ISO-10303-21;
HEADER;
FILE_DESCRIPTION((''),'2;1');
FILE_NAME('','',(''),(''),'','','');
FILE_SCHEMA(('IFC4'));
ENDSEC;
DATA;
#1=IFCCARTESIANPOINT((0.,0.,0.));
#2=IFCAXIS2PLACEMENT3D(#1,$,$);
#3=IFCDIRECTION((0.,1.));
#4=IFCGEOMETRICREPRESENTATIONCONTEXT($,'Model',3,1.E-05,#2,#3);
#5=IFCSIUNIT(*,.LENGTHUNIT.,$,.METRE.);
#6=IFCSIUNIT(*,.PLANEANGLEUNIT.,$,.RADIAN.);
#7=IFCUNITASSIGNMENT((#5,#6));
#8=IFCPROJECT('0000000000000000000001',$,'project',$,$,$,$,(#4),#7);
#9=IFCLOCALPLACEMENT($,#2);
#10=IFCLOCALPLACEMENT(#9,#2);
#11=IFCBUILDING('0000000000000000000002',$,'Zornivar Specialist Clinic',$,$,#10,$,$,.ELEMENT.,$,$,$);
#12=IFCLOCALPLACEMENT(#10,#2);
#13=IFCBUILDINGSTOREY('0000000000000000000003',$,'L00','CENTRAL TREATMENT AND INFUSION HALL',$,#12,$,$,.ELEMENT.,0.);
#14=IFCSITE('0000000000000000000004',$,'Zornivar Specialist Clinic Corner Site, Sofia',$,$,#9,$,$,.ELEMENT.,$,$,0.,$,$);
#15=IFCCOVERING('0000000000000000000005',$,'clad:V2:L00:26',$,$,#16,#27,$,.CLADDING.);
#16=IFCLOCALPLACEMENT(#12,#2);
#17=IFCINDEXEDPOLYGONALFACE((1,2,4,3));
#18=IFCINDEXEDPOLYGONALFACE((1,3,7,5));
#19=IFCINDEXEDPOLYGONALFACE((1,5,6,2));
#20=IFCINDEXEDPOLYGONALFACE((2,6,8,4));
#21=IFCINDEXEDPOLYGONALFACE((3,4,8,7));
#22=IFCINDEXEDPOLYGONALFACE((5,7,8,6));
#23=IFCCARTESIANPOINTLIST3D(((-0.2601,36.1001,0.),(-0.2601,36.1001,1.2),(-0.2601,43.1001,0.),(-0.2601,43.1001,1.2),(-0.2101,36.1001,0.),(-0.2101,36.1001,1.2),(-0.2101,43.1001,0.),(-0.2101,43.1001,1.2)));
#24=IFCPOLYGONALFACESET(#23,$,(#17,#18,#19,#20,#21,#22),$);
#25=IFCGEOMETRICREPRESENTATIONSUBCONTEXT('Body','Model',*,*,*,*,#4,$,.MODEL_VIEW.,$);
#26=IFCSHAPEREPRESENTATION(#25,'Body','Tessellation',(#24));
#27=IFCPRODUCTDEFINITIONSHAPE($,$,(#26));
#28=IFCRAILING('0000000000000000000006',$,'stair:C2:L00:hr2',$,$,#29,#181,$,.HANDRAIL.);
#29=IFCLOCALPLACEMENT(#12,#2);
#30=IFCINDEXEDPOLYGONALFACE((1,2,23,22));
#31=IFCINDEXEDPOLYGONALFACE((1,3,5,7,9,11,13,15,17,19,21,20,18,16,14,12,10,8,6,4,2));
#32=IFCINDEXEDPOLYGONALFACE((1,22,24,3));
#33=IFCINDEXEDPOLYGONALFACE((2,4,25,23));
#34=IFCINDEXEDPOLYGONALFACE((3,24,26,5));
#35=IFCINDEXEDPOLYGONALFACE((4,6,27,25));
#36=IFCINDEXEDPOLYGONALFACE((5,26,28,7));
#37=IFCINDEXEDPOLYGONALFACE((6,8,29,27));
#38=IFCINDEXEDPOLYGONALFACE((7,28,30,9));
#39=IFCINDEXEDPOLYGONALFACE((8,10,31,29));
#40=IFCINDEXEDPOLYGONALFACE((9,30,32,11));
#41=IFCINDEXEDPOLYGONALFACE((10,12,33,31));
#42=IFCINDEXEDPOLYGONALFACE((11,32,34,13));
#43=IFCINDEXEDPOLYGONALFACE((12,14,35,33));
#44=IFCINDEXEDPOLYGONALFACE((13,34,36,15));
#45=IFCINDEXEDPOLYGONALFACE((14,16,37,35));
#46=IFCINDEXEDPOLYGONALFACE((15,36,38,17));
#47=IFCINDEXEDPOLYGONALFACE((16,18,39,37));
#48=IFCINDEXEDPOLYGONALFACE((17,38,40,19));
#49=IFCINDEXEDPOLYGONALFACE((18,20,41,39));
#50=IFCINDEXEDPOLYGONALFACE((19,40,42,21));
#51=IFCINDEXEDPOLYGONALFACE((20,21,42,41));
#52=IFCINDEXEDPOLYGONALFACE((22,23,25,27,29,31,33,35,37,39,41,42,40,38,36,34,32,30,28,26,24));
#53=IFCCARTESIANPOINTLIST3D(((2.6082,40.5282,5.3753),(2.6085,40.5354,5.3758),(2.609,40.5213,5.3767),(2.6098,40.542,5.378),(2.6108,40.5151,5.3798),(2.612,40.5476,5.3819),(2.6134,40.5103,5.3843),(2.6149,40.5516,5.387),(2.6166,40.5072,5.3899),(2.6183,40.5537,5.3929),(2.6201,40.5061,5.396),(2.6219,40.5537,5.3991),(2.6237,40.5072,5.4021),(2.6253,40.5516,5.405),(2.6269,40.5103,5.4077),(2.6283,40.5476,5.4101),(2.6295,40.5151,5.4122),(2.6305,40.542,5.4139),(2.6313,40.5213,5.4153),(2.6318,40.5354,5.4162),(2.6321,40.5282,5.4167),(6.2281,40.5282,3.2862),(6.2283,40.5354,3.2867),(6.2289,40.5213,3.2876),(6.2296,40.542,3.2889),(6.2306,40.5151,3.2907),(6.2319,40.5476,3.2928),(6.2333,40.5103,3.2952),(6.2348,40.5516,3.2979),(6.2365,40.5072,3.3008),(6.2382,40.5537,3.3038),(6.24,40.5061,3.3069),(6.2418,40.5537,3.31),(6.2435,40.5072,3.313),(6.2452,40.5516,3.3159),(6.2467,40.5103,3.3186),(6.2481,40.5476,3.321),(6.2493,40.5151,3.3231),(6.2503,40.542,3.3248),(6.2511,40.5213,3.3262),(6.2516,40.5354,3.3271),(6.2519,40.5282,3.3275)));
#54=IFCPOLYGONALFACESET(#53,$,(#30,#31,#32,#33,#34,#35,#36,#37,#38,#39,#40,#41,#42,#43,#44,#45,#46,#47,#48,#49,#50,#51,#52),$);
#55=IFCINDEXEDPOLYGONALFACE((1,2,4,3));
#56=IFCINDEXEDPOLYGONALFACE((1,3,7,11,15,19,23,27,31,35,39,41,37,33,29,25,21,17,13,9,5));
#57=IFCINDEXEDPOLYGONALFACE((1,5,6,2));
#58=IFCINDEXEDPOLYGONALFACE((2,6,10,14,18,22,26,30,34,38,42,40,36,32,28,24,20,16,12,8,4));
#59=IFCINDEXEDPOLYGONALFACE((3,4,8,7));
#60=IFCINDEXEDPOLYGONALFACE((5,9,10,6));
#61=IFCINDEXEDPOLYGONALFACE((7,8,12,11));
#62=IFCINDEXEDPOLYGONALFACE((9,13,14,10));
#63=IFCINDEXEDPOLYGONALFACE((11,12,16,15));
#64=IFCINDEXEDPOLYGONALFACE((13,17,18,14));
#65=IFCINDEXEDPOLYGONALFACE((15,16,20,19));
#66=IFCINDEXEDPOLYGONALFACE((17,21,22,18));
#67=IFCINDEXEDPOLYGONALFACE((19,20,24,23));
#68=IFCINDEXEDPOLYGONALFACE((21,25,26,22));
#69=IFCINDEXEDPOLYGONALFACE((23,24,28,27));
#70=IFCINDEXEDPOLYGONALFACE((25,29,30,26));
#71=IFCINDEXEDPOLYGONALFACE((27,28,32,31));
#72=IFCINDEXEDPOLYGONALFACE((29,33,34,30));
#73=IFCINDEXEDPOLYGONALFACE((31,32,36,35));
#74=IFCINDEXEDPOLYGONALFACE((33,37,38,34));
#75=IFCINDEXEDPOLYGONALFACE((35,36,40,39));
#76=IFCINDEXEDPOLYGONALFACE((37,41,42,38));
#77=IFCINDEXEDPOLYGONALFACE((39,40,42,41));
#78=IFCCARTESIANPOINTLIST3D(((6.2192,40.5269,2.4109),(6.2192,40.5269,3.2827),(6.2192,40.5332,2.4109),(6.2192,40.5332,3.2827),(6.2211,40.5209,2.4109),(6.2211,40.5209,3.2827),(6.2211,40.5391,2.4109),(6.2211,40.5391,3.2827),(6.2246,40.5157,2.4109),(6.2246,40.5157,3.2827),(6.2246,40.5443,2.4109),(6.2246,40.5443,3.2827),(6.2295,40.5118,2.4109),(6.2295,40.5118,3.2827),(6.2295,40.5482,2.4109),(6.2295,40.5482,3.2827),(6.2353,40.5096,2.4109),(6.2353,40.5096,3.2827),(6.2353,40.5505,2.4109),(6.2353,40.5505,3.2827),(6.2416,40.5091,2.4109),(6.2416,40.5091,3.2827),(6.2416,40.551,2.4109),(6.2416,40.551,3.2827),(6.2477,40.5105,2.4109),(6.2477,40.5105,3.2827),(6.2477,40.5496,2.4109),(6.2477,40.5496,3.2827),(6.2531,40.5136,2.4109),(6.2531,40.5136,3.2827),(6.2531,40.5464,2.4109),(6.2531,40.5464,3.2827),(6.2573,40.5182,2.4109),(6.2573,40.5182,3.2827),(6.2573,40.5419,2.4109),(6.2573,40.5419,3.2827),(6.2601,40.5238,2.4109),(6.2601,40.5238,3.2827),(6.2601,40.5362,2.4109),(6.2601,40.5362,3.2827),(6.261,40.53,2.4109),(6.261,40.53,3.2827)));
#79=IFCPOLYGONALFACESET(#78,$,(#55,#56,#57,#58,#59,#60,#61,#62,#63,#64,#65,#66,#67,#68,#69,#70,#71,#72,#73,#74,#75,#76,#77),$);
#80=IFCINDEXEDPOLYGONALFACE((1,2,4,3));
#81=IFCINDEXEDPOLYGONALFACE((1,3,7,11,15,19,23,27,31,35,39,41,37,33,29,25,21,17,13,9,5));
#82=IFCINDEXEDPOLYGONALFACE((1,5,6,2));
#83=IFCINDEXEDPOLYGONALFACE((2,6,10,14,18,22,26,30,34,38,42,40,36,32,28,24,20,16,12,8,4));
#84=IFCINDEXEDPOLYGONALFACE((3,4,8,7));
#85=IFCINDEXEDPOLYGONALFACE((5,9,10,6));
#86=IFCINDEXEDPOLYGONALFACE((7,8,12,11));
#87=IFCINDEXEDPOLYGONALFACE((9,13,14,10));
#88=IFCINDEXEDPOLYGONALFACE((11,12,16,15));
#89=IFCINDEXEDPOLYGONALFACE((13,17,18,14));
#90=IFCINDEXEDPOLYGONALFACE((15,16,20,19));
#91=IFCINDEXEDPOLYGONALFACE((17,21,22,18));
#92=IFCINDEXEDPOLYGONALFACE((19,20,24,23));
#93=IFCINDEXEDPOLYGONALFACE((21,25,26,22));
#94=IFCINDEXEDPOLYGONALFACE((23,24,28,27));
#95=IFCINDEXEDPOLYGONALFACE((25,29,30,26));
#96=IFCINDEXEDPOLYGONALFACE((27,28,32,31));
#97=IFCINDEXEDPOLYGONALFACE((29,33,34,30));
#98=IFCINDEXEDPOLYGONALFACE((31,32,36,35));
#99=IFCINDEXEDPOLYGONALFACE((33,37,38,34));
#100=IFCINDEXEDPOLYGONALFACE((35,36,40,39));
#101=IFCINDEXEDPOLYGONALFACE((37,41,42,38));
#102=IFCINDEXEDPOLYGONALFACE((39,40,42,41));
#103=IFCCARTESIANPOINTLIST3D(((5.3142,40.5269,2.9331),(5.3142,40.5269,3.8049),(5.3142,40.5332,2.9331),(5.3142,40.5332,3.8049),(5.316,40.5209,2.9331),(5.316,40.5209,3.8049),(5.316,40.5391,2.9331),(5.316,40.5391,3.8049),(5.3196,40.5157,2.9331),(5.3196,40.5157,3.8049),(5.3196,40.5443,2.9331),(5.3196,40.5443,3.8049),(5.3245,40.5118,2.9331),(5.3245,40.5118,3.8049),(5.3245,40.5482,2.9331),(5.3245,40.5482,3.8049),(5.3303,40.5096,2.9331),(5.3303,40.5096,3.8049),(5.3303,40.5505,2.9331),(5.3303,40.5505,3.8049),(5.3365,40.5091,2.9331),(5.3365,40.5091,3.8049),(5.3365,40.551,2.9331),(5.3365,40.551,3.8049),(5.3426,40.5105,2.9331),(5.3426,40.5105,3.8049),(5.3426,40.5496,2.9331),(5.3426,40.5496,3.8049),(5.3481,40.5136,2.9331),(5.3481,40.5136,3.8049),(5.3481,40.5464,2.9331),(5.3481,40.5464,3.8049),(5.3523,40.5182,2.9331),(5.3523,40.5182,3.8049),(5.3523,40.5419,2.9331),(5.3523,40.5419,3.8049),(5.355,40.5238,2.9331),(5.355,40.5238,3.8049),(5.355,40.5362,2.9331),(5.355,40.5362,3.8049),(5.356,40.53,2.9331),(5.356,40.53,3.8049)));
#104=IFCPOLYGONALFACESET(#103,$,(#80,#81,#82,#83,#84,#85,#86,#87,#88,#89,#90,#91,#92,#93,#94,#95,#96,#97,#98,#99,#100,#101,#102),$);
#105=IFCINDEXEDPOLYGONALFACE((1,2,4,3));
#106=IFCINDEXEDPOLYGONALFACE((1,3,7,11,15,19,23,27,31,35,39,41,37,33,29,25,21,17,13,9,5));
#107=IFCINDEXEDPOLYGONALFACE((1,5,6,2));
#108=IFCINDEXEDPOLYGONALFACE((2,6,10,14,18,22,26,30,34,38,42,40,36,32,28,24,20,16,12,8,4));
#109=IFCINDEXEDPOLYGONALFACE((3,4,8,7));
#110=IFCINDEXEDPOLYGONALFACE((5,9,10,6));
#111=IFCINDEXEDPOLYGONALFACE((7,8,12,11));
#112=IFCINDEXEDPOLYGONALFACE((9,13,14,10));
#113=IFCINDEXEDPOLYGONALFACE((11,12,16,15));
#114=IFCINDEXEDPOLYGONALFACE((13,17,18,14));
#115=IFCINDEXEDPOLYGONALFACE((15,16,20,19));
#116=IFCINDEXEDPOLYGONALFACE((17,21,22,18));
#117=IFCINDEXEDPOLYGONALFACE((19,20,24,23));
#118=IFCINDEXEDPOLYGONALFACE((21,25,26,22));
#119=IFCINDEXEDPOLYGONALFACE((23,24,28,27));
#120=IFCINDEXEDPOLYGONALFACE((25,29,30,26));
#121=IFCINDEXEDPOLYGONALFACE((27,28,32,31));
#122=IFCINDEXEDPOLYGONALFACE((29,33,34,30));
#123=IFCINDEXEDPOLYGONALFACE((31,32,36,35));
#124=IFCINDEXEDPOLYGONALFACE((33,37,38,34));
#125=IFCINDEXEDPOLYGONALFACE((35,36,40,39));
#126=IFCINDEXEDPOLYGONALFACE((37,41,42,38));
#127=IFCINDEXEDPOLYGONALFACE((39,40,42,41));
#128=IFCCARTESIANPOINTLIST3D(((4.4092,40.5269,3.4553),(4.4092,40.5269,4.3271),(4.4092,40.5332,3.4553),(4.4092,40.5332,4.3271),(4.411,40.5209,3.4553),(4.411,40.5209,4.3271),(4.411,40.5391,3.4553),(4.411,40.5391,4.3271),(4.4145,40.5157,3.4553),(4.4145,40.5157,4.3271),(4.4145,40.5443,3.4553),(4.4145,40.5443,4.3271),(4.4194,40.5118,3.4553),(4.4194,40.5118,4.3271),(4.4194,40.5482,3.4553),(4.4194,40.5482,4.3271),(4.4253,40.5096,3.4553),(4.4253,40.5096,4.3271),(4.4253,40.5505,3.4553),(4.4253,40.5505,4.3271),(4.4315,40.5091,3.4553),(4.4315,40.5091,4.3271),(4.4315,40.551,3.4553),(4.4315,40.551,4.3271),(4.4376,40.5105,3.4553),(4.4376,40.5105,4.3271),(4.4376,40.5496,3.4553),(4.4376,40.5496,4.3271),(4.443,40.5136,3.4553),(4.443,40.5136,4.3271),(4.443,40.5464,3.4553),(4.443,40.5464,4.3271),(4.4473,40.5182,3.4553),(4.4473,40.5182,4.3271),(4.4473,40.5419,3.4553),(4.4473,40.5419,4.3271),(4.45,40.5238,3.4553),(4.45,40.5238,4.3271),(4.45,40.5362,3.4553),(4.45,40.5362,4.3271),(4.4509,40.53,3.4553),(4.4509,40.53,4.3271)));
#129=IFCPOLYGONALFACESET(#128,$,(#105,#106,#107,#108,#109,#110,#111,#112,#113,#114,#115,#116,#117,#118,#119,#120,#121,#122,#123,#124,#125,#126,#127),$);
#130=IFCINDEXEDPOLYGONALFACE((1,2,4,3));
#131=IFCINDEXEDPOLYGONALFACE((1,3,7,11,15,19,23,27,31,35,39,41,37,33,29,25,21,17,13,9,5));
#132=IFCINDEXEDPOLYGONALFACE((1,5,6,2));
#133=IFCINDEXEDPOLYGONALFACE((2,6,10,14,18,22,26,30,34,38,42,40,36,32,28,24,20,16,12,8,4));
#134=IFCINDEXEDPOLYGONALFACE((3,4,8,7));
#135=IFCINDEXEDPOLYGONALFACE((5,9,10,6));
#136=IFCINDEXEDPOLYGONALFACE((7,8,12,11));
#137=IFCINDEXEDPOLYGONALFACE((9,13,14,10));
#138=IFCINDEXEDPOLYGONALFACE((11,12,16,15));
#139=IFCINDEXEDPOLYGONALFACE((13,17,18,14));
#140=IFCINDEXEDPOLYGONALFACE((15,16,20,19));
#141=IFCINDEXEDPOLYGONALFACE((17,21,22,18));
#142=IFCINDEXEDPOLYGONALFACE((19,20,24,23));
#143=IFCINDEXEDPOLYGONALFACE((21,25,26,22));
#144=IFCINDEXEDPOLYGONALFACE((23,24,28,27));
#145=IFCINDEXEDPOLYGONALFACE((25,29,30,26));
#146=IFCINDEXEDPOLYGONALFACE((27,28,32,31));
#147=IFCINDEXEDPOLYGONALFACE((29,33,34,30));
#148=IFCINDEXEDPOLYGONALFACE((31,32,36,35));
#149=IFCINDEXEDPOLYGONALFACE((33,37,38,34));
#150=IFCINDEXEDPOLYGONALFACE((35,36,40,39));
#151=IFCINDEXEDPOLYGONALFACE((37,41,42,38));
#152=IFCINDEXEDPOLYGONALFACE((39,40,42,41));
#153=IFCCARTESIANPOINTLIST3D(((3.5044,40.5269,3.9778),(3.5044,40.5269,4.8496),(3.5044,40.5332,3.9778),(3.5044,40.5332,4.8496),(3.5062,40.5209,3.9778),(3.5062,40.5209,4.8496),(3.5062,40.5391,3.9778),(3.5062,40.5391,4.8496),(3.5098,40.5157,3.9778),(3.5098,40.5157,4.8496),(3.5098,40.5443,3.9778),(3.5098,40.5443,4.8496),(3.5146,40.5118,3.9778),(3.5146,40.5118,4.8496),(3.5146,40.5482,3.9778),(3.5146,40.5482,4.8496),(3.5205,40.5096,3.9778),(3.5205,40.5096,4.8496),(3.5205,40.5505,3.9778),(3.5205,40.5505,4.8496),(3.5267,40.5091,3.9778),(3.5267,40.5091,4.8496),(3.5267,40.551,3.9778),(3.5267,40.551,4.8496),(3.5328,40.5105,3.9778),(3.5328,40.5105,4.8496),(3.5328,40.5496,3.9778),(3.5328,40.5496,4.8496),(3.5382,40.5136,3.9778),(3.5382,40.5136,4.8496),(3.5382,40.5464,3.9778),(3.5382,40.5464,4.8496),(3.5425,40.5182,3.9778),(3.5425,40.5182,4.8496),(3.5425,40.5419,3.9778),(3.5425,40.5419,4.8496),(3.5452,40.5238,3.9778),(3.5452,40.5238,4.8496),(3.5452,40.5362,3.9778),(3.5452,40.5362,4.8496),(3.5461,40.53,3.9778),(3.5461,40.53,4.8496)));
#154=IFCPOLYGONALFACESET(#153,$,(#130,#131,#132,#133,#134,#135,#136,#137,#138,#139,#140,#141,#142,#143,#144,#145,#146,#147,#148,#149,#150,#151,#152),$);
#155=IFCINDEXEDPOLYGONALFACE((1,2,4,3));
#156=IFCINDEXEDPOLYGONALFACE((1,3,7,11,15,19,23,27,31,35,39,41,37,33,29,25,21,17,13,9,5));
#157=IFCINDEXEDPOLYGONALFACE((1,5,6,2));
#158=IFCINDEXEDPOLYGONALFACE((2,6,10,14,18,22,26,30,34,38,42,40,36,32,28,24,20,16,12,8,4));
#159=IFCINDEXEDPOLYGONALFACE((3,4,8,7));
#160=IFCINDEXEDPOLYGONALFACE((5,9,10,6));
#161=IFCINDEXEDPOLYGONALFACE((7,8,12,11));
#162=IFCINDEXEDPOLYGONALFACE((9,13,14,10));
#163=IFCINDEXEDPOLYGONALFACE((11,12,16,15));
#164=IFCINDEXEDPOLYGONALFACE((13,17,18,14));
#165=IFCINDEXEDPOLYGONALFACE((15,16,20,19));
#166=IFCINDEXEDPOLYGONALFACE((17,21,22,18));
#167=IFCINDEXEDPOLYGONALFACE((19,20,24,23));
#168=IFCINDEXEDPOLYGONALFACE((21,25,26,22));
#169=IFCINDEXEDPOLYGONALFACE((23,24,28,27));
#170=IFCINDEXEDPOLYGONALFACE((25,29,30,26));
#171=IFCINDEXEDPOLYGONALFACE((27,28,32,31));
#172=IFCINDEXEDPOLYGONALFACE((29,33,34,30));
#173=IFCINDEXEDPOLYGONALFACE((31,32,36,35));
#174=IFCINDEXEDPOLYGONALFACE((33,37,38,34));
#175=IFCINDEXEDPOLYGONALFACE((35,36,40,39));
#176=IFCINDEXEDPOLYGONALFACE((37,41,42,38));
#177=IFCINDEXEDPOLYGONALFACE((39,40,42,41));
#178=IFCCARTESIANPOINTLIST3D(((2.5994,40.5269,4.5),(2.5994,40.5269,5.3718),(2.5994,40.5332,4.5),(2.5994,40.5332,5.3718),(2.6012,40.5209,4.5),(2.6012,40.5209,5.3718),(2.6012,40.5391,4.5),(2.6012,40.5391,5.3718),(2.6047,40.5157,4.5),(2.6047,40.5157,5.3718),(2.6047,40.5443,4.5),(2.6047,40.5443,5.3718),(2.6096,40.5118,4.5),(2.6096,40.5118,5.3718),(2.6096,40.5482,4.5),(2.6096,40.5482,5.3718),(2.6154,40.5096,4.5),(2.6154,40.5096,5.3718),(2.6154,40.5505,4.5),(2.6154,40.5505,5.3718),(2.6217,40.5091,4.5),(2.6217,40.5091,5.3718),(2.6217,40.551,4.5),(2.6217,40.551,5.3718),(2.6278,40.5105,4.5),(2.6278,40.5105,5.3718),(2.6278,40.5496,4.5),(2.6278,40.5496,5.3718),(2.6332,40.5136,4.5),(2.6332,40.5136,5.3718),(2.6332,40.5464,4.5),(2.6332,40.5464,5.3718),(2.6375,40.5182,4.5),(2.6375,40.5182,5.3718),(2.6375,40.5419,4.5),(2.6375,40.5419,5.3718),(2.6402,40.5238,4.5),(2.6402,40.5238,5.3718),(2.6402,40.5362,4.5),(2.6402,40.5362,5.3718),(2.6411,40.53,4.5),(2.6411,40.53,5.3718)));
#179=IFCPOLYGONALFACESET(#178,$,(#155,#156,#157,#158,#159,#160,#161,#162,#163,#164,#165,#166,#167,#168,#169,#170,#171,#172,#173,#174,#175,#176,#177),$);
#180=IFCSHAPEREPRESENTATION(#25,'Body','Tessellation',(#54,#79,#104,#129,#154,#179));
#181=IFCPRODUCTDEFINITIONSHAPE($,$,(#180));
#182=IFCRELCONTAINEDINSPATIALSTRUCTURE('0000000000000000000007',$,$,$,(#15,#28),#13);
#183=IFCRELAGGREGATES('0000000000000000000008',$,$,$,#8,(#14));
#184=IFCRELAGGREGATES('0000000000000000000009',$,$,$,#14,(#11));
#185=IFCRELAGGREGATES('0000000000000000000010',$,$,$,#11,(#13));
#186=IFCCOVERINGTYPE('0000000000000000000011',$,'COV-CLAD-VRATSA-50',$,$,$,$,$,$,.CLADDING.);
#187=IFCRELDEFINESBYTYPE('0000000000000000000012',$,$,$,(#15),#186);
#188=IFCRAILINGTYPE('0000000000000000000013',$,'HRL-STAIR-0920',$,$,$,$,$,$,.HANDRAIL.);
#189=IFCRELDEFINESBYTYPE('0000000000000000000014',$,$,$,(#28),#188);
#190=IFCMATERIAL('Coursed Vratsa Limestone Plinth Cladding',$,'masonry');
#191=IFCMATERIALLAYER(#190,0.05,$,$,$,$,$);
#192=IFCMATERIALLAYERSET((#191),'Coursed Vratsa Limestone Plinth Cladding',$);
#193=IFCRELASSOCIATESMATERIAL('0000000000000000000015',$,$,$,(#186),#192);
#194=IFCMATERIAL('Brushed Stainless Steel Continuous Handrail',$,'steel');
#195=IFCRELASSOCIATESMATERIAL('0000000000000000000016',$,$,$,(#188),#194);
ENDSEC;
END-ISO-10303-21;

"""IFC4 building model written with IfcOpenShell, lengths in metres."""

from ifc_helpers import new_model, si_unit, direction, frame, origin, origin_2d, place, context, subcontext, project, spatial, rectangle, circle, extrude, material, layer, layer_set, type_object, element, save


model = new_model("IFC4")

# Units and contexts
model_context = context("Model", 3, precision=1e-05, world=origin(), true_north=direction((0.0, 1.0)))
body_context = subcontext(model_context, "Body", "Model", "MODEL_VIEW")
ifc_project = project(units=[si_unit("LENGTHUNIT", "METRE"), si_unit("PLANEANGLEUNIT", "RADIAN")], contexts=[model_context])

# Site, building, storey
site_placement = place(None, origin())
site = spatial("IfcSite", under=ifc_project, at=site_placement, Name="Zornivar Specialist Clinic Corner Site, Sofia", CompositionType="ELEMENT", RefElevation=0.0)
building_placement = place(site_placement, origin())
building = spatial("IfcBuilding", under=site, at=building_placement, Name="Zornivar Specialist Clinic", CompositionType="ELEMENT")
storey_placement = place(building_placement, origin())
storey = spatial("IfcBuildingStorey", under=building, at=storey_placement, Name="L00", Description="CENTRAL TREATMENT AND INFUSION HALL", CompositionType="ELEMENT", Elevation=0.0)

# Covering
ifc_material_1 = material(Name="Coursed Vratsa Limestone Plinth Cladding", Category="masonry")
ifc_layer_1 = layer(ifc_material_1, 0.05)
ifc_layer_set_1 = layer_set([ifc_layer_1], Name="Coursed Vratsa Limestone Plinth Cladding")
covering_type = type_object("IfcCoveringType", Name="COV-CLAD-VRATSA-50", PredefinedType="CLADDING", material=ifc_layer_set_1)
covering_1_placement = place(storey_placement, frame((-0.2351, 39.6001, 0.0), z_axis=(0.0, 0.0, 1.0), x_axis=(0.0, -1.0, 0.0)))
element("IfcCovering", 1, at=covering_1_placement, inside=storey, type_object=covering_type, Name="clad:V2:L00:26", PredefinedType="CLADDING", context=body_context, shape_type="SweptSolid", body=[
    extrude(rectangle(XDim=7.0, YDim=0.05, at=origin_2d()), origin(), (0.0, 0.0, 1.0), 1.2),
])

# Railing
ifc_material_2 = material(Name="Brushed Stainless Steel Continuous Handrail", Category="steel")
railing_type = type_object("IfcRailingType", Name="HRL-STAIR-0920", PredefinedType="HANDRAIL", material=ifc_material_2)
railing_placement = place(storey_placement, frame((6.24, 40.53, 2.4109)))
element("IfcRailing", 2, at=railing_placement, inside=storey, type_object=railing_type, Name="stair:C2:L00:hr2", PredefinedType="HANDRAIL", context=body_context, shape_type="SweptSolid", body=[
    extrude(circle(Radius=0.0239, at=origin_2d()), frame((0.0, 0.0, 0.896), z_axis=(-0.866111, 0.0, 0.499852), x_axis=(0.0, -1.0, 0.0)), (0.0, 0.0, 1.0), 4.1794),
    extrude(circle(Radius=0.021, at=origin_2d()), origin(), (0.0, 0.0, 1.0), 0.8718),
    extrude(circle(Radius=0.021, at=origin_2d()), frame((-0.905, 0.0, 0.5222)), (0.0, 0.0, 1.0), 0.8718),
    extrude(circle(Radius=0.021, at=origin_2d()), frame((-1.8101, 0.0, 1.0444)), (0.0, 0.0, 1.0), 0.8718),
    extrude(circle(Radius=0.021, at=origin_2d()), frame((-2.7148, 0.0, 1.5669)), (0.0, 0.0, 1.0), 0.8718),
    extrude(circle(Radius=0.021, at=origin_2d()), frame((-3.6199, 0.0, 2.0891)), (0.0, 0.0, 1.0), 0.8718),
])

save(model, "model.ifc")
